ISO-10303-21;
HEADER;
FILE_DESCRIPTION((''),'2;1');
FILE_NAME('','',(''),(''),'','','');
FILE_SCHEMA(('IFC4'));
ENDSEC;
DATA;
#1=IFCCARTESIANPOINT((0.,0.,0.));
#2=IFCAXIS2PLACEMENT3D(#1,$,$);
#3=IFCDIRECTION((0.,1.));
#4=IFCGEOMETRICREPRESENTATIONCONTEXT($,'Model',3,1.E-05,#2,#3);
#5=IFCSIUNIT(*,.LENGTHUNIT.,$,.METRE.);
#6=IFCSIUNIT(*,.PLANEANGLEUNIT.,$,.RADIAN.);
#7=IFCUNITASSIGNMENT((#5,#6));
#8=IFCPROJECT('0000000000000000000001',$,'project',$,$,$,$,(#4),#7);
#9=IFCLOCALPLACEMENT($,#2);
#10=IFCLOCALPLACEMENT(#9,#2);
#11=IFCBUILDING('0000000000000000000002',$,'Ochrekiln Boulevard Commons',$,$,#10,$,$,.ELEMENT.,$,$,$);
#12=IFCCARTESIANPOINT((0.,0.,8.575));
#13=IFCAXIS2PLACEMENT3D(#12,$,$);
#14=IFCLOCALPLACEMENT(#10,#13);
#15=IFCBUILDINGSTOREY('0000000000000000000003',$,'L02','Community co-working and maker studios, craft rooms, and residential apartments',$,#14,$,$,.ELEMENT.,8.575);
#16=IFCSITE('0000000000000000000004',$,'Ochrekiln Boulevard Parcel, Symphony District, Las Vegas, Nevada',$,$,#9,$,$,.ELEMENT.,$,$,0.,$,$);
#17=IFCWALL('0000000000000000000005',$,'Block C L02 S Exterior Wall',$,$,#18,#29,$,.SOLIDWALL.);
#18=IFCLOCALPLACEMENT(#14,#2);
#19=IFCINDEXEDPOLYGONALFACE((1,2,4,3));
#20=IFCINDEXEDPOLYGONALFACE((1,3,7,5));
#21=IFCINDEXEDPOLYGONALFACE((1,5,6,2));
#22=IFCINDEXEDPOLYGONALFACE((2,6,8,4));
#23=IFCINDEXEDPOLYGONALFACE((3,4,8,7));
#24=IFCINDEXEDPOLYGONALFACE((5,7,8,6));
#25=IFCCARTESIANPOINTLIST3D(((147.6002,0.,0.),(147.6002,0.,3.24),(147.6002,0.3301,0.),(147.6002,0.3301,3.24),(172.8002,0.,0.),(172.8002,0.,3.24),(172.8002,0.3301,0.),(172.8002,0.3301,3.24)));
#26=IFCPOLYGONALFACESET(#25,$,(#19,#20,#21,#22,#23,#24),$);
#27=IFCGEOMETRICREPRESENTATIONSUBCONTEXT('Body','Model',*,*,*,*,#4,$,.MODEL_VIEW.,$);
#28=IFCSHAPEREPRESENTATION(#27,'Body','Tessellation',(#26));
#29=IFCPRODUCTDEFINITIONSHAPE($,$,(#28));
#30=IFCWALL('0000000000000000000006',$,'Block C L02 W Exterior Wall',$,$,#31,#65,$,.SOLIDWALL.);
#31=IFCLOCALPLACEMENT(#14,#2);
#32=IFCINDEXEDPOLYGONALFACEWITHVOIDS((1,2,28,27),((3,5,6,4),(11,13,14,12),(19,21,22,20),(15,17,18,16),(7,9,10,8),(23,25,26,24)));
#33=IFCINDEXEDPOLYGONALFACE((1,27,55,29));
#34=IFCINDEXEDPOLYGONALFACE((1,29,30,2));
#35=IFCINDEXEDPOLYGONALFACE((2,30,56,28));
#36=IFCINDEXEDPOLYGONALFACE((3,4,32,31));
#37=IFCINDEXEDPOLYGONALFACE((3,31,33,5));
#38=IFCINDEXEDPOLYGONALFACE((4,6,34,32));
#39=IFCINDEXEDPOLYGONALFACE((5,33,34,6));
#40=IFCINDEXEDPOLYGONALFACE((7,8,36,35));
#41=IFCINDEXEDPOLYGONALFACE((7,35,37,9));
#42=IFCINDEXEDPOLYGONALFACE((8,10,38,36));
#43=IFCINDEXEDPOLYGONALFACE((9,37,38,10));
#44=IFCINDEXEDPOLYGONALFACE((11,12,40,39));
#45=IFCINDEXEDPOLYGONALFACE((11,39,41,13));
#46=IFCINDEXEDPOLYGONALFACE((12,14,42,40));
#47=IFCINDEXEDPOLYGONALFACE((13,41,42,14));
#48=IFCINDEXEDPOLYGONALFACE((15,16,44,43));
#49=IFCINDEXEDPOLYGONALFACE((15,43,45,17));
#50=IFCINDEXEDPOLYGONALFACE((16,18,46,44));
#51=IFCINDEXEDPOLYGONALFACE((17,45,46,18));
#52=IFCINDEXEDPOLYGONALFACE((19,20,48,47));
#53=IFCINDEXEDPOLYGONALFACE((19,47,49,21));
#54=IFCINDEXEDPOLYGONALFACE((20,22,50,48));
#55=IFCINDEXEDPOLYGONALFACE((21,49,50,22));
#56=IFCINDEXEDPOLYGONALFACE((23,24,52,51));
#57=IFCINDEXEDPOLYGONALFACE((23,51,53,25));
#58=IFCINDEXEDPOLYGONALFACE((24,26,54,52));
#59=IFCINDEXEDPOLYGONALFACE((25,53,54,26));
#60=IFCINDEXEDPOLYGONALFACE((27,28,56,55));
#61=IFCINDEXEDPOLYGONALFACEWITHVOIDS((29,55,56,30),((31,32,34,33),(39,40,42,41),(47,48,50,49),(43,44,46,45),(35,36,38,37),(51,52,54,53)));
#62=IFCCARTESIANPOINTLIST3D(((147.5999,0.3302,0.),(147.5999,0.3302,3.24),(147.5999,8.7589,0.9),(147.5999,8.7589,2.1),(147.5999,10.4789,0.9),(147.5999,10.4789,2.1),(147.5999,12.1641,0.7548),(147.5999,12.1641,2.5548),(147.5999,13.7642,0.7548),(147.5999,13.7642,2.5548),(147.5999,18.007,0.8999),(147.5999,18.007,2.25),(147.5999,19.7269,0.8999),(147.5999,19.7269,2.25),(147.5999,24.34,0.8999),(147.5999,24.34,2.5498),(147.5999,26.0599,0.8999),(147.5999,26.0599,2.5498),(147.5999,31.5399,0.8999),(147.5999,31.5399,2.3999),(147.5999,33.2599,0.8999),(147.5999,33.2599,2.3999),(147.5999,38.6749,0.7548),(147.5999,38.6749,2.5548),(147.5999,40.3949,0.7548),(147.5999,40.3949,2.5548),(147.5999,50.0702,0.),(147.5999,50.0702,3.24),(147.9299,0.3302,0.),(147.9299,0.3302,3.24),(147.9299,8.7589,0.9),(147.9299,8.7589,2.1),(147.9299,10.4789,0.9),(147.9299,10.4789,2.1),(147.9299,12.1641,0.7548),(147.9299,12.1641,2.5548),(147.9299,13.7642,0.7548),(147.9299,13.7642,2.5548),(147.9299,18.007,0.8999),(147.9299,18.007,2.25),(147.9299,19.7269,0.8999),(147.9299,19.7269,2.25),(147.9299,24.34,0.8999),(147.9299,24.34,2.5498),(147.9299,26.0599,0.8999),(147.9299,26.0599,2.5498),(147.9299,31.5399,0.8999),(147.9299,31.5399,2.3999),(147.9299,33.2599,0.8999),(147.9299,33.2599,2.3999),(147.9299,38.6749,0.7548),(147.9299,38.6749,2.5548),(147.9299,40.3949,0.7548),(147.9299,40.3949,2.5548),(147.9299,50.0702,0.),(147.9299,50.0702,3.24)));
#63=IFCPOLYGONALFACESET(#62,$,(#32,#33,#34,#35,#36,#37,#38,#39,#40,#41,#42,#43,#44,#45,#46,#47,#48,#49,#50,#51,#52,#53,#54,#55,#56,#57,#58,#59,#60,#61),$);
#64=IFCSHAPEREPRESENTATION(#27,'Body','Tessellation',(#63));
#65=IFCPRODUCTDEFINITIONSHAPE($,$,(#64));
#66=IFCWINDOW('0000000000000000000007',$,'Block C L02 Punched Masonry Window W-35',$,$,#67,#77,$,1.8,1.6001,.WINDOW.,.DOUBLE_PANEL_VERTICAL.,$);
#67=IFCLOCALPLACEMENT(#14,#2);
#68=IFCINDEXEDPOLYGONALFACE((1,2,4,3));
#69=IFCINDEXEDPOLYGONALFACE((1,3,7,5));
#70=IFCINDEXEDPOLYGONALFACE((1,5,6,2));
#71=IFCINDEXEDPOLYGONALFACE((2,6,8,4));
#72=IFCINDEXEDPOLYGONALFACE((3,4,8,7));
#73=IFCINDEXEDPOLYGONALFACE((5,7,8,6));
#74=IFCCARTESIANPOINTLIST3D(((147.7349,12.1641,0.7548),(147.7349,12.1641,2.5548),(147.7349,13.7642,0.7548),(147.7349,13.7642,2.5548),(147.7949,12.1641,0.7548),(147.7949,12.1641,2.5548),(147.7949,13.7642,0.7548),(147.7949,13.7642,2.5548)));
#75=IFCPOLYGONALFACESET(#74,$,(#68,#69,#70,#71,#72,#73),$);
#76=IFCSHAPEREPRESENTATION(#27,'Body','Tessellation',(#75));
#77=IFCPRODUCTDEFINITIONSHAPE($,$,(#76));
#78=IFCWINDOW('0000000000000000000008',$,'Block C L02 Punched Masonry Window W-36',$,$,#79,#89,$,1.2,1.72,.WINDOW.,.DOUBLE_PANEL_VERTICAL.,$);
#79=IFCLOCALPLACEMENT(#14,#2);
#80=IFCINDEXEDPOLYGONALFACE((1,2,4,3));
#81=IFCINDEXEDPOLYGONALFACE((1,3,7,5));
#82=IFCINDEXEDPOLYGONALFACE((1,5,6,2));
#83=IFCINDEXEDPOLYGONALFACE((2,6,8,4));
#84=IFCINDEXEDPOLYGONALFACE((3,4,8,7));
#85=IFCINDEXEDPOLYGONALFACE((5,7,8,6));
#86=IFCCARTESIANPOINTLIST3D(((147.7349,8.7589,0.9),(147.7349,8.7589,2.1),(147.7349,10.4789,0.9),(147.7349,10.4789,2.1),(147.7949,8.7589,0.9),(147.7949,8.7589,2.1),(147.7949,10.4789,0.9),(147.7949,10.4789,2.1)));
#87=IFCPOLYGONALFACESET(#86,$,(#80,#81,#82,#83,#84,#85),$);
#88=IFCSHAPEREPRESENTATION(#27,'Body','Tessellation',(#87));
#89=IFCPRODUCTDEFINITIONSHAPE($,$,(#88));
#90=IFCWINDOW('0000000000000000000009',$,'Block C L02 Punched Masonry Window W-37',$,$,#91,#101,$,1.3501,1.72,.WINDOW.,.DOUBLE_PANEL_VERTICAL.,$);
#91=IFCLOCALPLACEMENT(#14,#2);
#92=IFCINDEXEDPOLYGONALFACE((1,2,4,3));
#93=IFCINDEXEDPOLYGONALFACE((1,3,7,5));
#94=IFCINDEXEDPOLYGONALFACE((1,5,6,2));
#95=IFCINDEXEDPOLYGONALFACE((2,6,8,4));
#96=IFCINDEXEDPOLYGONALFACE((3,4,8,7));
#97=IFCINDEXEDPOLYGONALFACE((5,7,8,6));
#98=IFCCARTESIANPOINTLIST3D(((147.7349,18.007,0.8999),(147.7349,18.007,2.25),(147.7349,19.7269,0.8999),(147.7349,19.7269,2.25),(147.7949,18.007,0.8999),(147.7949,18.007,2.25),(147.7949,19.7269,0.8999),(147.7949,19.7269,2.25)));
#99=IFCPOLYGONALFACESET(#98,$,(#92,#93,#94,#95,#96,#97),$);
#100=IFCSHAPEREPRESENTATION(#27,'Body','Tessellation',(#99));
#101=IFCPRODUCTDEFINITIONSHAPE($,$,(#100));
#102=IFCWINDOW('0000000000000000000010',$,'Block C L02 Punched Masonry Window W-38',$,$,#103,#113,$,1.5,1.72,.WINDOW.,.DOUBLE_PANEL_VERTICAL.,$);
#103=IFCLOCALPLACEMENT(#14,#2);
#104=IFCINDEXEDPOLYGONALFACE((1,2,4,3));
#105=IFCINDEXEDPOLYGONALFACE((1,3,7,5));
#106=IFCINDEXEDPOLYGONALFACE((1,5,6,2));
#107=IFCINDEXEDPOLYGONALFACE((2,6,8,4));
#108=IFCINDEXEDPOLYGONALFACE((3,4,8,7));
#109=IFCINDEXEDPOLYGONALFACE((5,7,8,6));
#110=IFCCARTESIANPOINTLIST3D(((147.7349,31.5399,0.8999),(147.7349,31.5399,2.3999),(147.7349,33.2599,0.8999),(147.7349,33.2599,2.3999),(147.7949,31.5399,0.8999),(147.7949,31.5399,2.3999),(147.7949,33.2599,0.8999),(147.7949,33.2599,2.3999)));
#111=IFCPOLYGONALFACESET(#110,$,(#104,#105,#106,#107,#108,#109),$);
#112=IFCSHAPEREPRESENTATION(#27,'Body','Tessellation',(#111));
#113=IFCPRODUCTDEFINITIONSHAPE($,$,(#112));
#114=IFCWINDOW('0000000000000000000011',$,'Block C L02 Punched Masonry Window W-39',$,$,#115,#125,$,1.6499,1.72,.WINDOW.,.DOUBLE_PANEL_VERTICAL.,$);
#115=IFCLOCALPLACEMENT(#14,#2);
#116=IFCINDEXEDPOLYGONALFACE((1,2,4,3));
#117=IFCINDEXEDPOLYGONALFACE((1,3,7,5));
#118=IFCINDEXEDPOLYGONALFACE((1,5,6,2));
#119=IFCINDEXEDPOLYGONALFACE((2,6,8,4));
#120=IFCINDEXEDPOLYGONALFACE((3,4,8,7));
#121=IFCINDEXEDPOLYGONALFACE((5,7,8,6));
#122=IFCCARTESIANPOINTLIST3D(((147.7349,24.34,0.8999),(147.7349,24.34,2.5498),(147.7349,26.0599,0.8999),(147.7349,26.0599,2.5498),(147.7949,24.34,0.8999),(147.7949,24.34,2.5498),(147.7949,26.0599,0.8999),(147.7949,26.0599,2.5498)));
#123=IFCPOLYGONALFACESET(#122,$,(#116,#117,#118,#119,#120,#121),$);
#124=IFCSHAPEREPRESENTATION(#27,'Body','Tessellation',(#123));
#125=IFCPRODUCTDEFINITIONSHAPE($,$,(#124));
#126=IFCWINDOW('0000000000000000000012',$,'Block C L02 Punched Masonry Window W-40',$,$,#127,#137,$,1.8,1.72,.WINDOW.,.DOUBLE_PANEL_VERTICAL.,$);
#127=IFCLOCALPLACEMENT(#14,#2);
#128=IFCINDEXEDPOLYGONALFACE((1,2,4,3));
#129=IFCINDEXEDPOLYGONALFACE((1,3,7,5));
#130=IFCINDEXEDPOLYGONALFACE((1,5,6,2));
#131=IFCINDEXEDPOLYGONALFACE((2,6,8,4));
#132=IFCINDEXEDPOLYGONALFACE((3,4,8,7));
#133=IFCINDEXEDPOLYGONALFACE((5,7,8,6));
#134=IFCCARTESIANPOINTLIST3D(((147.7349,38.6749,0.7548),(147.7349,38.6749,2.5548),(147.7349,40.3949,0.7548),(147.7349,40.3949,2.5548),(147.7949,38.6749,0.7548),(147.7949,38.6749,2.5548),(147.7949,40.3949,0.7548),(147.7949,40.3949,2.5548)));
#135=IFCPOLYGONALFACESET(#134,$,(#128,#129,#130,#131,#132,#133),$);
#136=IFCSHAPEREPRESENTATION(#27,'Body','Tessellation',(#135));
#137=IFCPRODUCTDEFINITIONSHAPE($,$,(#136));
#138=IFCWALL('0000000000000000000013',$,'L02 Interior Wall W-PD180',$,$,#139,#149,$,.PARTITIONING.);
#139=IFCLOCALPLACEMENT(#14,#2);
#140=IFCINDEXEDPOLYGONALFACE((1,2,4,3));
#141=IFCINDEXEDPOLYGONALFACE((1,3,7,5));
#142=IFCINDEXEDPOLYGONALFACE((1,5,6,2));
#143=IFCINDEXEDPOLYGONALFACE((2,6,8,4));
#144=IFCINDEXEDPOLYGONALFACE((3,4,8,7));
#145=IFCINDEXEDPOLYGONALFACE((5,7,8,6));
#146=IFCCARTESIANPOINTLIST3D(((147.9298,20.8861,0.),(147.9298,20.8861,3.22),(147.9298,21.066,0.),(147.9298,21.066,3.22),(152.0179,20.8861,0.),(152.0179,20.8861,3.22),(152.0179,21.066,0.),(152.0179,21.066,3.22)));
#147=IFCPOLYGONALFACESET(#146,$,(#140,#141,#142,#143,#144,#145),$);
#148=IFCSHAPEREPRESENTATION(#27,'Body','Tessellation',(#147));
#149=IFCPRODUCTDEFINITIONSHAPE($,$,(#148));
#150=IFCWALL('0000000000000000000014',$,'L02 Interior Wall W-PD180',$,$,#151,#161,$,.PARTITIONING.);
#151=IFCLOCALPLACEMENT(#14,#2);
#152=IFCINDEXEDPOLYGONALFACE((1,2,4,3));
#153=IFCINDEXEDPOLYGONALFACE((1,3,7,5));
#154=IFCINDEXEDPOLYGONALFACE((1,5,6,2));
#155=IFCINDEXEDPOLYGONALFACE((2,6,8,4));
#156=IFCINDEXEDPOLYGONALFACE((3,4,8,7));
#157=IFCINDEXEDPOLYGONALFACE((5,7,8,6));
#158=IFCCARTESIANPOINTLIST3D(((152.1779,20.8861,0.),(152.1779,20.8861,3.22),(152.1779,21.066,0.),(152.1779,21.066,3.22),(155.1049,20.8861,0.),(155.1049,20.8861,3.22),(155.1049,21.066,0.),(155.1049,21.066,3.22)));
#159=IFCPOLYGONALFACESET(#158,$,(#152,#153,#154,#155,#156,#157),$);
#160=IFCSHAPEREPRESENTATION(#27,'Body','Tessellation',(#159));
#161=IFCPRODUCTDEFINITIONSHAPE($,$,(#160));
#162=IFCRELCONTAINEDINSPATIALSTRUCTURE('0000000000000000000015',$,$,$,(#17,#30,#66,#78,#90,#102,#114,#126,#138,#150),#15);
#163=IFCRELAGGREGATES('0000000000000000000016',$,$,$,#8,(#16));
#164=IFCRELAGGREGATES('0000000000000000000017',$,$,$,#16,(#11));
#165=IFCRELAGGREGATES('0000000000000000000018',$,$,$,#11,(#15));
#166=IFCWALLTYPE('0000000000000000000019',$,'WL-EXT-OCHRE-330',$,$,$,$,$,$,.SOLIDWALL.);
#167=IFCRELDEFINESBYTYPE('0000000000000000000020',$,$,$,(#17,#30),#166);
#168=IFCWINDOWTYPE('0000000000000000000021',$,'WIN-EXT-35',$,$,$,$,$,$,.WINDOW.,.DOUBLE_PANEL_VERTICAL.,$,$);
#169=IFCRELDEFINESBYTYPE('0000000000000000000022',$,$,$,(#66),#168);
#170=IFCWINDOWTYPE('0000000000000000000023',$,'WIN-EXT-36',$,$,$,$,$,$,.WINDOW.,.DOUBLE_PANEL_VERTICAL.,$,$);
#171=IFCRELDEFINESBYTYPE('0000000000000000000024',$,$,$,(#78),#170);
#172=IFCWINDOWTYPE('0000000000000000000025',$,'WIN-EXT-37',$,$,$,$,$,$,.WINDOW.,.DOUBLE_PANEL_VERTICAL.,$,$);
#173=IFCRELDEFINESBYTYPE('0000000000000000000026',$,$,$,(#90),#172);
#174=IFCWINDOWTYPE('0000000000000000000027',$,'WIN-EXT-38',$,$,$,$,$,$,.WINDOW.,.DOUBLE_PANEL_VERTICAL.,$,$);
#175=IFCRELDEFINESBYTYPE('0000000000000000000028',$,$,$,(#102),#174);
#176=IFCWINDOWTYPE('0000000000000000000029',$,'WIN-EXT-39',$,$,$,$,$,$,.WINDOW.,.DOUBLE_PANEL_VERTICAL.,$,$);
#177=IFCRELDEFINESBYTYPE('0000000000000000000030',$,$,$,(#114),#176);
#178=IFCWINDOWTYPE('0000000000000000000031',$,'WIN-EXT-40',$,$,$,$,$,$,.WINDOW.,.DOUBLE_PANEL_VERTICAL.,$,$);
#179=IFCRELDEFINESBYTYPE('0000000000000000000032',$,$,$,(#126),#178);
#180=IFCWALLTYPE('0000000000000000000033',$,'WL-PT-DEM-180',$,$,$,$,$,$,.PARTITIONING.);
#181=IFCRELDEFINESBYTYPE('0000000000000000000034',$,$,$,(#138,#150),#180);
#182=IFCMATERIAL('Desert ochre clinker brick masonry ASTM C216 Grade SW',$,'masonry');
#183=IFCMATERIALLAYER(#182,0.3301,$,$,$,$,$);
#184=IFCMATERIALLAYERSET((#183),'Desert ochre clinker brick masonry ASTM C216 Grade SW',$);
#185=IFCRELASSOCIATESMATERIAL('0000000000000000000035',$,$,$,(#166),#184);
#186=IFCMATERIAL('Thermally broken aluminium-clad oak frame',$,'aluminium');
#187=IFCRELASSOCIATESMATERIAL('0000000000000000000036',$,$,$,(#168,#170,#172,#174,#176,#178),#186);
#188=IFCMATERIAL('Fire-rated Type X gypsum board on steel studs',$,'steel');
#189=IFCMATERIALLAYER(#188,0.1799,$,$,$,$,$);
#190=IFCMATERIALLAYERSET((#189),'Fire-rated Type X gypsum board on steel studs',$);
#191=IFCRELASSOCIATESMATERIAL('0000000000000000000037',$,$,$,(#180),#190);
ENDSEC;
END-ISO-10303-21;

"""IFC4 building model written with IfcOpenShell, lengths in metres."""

from ifc_helpers import new_model, si_unit, direction, frame, frame_2d, origin, place, context, subcontext, project, spatial, rectangle, extrude, material, layer, layer_set, type_object, element, fill, save


model = new_model("IFC4")

# Units and contexts
model_context = context("Model", 3, precision=1e-05, world=origin(), true_north=direction((0.0, 1.0)))
body_context = subcontext(model_context, "Body", "Model", "MODEL_VIEW")
ifc_project = project(units=[si_unit("LENGTHUNIT", "METRE"), si_unit("PLANEANGLEUNIT", "RADIAN")], contexts=[model_context])

# Site, building, storey
site_placement = place(None, origin())
site = spatial("IfcSite", under=ifc_project, at=site_placement, Name="Ochrekiln Boulevard Parcel, Symphony District, Las Vegas, Nevada", CompositionType="ELEMENT", RefElevation=0.0)
building_placement = place(site_placement, origin())
building = spatial("IfcBuilding", under=site, at=building_placement, Name="Ochrekiln Boulevard Commons", CompositionType="ELEMENT")
storey_placement = place(building_placement, frame((0.0, 0.0, 8.575)))
storey = spatial("IfcBuildingStorey", under=building, at=storey_placement, Name="L02", Description="Community co-working and maker studios, craft rooms, and residential apartments", CompositionType="ELEMENT", Elevation=8.575)

# Wall
ifc_material_1 = material(Name="Desert ochre clinker brick masonry ASTM C216 Grade SW", Category="masonry")
ifc_layer_1 = layer(ifc_material_1, 0.3301)
ifc_layer_set_1 = layer_set([ifc_layer_1], Name="Desert ochre clinker brick masonry ASTM C216 Grade SW")
wall_type_1 = type_object("IfcWallType", Name="WL-EXT-OCHRE-330", PredefinedType="SOLIDWALL", material=ifc_layer_set_1)
wall_1_placement = place(storey_placement, frame((147.6001, 0.165, 0.0), z_axis=(0.0, 0.0, 1.0), x_axis=(1.0, 0.0, 0.0)))
element("IfcWall", 1, at=wall_1_placement, inside=storey, type_object=wall_type_1, Name="Block C L02 S Exterior Wall", PredefinedType="SOLIDWALL", context=body_context, shape_type="SweptSolid", body=[
    extrude(rectangle(XDim=25.2, YDim=0.3301, at=frame_2d((12.6001, 0.0))), origin(), (0.0, 0.0, 1.0), 3.24),
])

# Wall, openings, windows
wall_2_placement = place(storey_placement, frame((147.7649, 0.3301, 0.0), z_axis=(0.0, 0.0, 1.0), x_axis=(0.0, 1.0, 0.0)))
wall_2 = element("IfcWall", 2, at=wall_2_placement, inside=storey, type_object=wall_type_1, Name="Block C L02 W Exterior Wall", PredefinedType="SOLIDWALL", context=body_context, shape_type="SweptSolid", body=[
    extrude(rectangle(XDim=49.74, YDim=0.3301, at=frame_2d((24.8701, 0.0))), origin(), (0.0, 0.0, 1.0), 3.24),
])
opening_1_placement = place(wall_2_placement, frame((11.834, 0.0, 0.7549)))
opening_1 = element("IfcOpeningElement", 3, at=opening_1_placement, cuts=wall_2, PredefinedType="OPENING", context=body_context, shape_type="SweptSolid", body=[
    extrude(rectangle(XDim=1.6001, YDim=1.8, at=frame_2d((0.8, 0.8999))), frame((0.0, 0.175, 0.0), z_axis=(0.0, -1.0, 0.0), x_axis=(1.0, 0.0, 0.0)), (0.0, 0.0, 1.0), 0.3501),
])
opening_2_placement = place(wall_2_placement, frame((8.429, 0.0, 0.8999)))
opening_2 = element("IfcOpeningElement", 4, at=opening_2_placement, cuts=wall_2, PredefinedType="OPENING", context=body_context, shape_type="SweptSolid", body=[
    extrude(rectangle(XDim=1.72, YDim=1.2, at=frame_2d((0.8599, 0.6001))), frame((0.0, 0.175, 0.0), z_axis=(0.0, -1.0, 0.0), x_axis=(1.0, 0.0, 0.0)), (0.0, 0.0, 1.0), 0.3501),
])
opening_3_placement = place(wall_2_placement, frame((17.677, 0.0, 0.8999)))
opening_3 = element("IfcOpeningElement", 5, at=opening_3_placement, cuts=wall_2, PredefinedType="OPENING", context=body_context, shape_type="SweptSolid", body=[
    extrude(rectangle(XDim=1.72, YDim=1.3501, at=frame_2d((0.8599, 0.675))), frame((0.0, 0.175, 0.0), z_axis=(0.0, -1.0, 0.0), x_axis=(1.0, 0.0, 0.0)), (0.0, 0.0, 1.0), 0.3501),
])
opening_4_placement = place(wall_2_placement, frame((31.21, 0.0, 0.8999)))
opening_4 = element("IfcOpeningElement", 6, at=opening_4_placement, cuts=wall_2, PredefinedType="OPENING", context=body_context, shape_type="SweptSolid", body=[
    extrude(rectangle(XDim=1.72, YDim=1.5, at=frame_2d((0.8599, 0.75))), frame((0.0, 0.175, 0.0), z_axis=(0.0, -1.0, 0.0), x_axis=(1.0, 0.0, 0.0)), (0.0, 0.0, 1.0), 0.3501),
])
opening_5_placement = place(wall_2_placement, frame((24.01, 0.0, 0.8999)))
opening_5 = element("IfcOpeningElement", 7, at=opening_5_placement, cuts=wall_2, PredefinedType="OPENING", context=body_context, shape_type="SweptSolid", body=[
    extrude(rectangle(XDim=1.72, YDim=1.6499, at=frame_2d((0.8599, 0.825))), frame((0.0, 0.175, 0.0), z_axis=(0.0, -1.0, 0.0), x_axis=(1.0, 0.0, 0.0)), (0.0, 0.0, 1.0), 0.3501),
])
opening_6_placement = place(wall_2_placement, frame((38.345, 0.0, 0.7549)))
opening_6 = element("IfcOpeningElement", 8, at=opening_6_placement, cuts=wall_2, PredefinedType="OPENING", context=body_context, shape_type="SweptSolid", body=[
    extrude(rectangle(XDim=1.72, YDim=1.8, at=frame_2d((0.8599, 0.8999))), frame((0.0, 0.175, 0.0), z_axis=(0.0, -1.0, 0.0), x_axis=(1.0, 0.0, 0.0)), (0.0, 0.0, 1.0), 0.3501),
])
ifc_material_2 = material(Name="Thermally broken aluminium-clad oak frame", Category="aluminium")
window_type_1 = type_object("IfcWindowType", Name="WIN-EXT-35", PartitioningType="DOUBLE_PANEL_VERTICAL", PredefinedType="WINDOW", material=ifc_material_2)
window_1_placement = place(opening_1_placement, origin())
window_1 = element("IfcWindow", 9, at=window_1_placement, inside=storey, type_object=window_type_1, Name="Block C L02 Punched Masonry Window W-35", OverallHeight=1.8, OverallWidth=1.6001, PartitioningType="DOUBLE_PANEL_VERTICAL", PredefinedType="WINDOW", context=body_context, shape_type="SweptSolid", body=[
    extrude(rectangle(XDim=1.6001, YDim=1.8, at=frame_2d((0.8, 0.8999))), frame((0.0, 0.03, 0.0), z_axis=(0.0, -1.0, 0.0), x_axis=(1.0, 0.0, 0.0)), (0.0, 0.0, 1.0), 0.0601),
])
fill(opening_1, window_1)
window_type_2 = type_object("IfcWindowType", Name="WIN-EXT-36", PartitioningType="DOUBLE_PANEL_VERTICAL", PredefinedType="WINDOW", material=ifc_material_2)
window_2_placement = place(opening_2_placement, origin())
window_2 = element("IfcWindow", 10, at=window_2_placement, inside=storey, type_object=window_type_2, Name="Block C L02 Punched Masonry Window W-36", OverallHeight=1.2, OverallWidth=1.72, PartitioningType="DOUBLE_PANEL_VERTICAL", PredefinedType="WINDOW", context=body_context, shape_type="SweptSolid", body=[
    extrude(rectangle(XDim=1.72, YDim=1.2, at=frame_2d((0.8599, 0.6001))), frame((0.0, 0.03, 0.0), z_axis=(0.0, -1.0, 0.0), x_axis=(1.0, 0.0, 0.0)), (0.0, 0.0, 1.0), 0.0601),
])
fill(opening_2, window_2)
window_type_3 = type_object("IfcWindowType", Name="WIN-EXT-37", PartitioningType="DOUBLE_PANEL_VERTICAL", PredefinedType="WINDOW", material=ifc_material_2)
window_3_placement = place(opening_3_placement, origin())
window_3 = element("IfcWindow", 11, at=window_3_placement, inside=storey, type_object=window_type_3, Name="Block C L02 Punched Masonry Window W-37", OverallHeight=1.3501, OverallWidth=1.72, PartitioningType="DOUBLE_PANEL_VERTICAL", PredefinedType="WINDOW", context=body_context, shape_type="SweptSolid", body=[
    extrude(rectangle(XDim=1.72, YDim=1.3501, at=frame_2d((0.8599, 0.675))), frame((0.0, 0.03, 0.0), z_axis=(0.0, -1.0, 0.0), x_axis=(1.0, 0.0, 0.0)), (0.0, 0.0, 1.0), 0.0601),
])
fill(opening_3, window_3)
window_type_4 = type_object("IfcWindowType", Name="WIN-EXT-38", PartitioningType="DOUBLE_PANEL_VERTICAL", PredefinedType="WINDOW", material=ifc_material_2)
window_4_placement = place(opening_4_placement, origin())
window_4 = element("IfcWindow", 12, at=window_4_placement, inside=storey, type_object=window_type_4, Name="Block C L02 Punched Masonry Window W-38", OverallHeight=1.5, OverallWidth=1.72, PartitioningType="DOUBLE_PANEL_VERTICAL", PredefinedType="WINDOW", context=body_context, shape_type="SweptSolid", body=[
    extrude(rectangle(XDim=1.72, YDim=1.5, at=frame_2d((0.8599, 0.75))), frame((0.0, 0.03, 0.0), z_axis=(0.0, -1.0, 0.0), x_axis=(1.0, 0.0, 0.0)), (0.0, 0.0, 1.0), 0.0601),
])
fill(opening_4, window_4)
window_type_5 = type_object("IfcWindowType", Name="WIN-EXT-39", PartitioningType="DOUBLE_PANEL_VERTICAL", PredefinedType="WINDOW", material=ifc_material_2)
window_5_placement = place(opening_5_placement, origin())
window_5 = element("IfcWindow", 13, at=window_5_placement, inside=storey, type_object=window_type_5, Name="Block C L02 Punched Masonry Window W-39", OverallHeight=1.6499, OverallWidth=1.72, PartitioningType="DOUBLE_PANEL_VERTICAL", PredefinedType="WINDOW", context=body_context, shape_type="SweptSolid", body=[
    extrude(rectangle(XDim=1.72, YDim=1.6499, at=frame_2d((0.8599, 0.825))), frame((0.0, 0.03, 0.0), z_axis=(0.0, -1.0, 0.0), x_axis=(1.0, 0.0, 0.0)), (0.0, 0.0, 1.0), 0.0601),
])
fill(opening_5, window_5)
window_type_6 = type_object("IfcWindowType", Name="WIN-EXT-40", PartitioningType="DOUBLE_PANEL_VERTICAL", PredefinedType="WINDOW", material=ifc_material_2)
window_6_placement = place(opening_6_placement, origin())
window_6 = element("IfcWindow", 14, at=window_6_placement, inside=storey, type_object=window_type_6, Name="Block C L02 Punched Masonry Window W-40", OverallHeight=1.8, OverallWidth=1.72, PartitioningType="DOUBLE_PANEL_VERTICAL", PredefinedType="WINDOW", context=body_context, shape_type="SweptSolid", body=[
    extrude(rectangle(XDim=1.72, YDim=1.8, at=frame_2d((0.8599, 0.8999))), frame((0.0, 0.03, 0.0), z_axis=(0.0, -1.0, 0.0), x_axis=(1.0, 0.0, 0.0)), (0.0, 0.0, 1.0), 0.0601),
])
fill(opening_6, window_6)

# Walls
ifc_material_3 = material(Name="Fire-rated Type X gypsum board on steel studs", Category="steel")
ifc_layer_2 = layer(ifc_material_3, 0.1799)
ifc_layer_set_2 = layer_set([ifc_layer_2], Name="Fire-rated Type X gypsum board on steel studs")
wall_type_2 = type_object("IfcWallType", Name="WL-PT-DEM-180", PredefinedType="PARTITIONING", material=ifc_layer_set_2)
wall_3_placement = place(storey_placement, frame((147.9299, 20.9761, 0.0), z_axis=(0.0, 0.0, 1.0), x_axis=(1.0, 0.0, 0.0)))
element("IfcWall", 15, at=wall_3_placement, inside=storey, type_object=wall_type_2, Name="L02 Interior Wall W-PD180", PredefinedType="PARTITIONING", context=body_context, shape_type="SweptSolid", body=[
    extrude(rectangle(XDim=4.0881, YDim=0.1799, at=frame_2d((2.0439, 0.0))), origin(), (0.0, 0.0, 1.0), 3.22),
])
wall_4_placement = place(storey_placement, frame((152.178, 20.9761, 0.0), z_axis=(0.0, 0.0, 1.0), x_axis=(1.0, 0.0, 0.0)))
element("IfcWall", 16, at=wall_4_placement, inside=storey, type_object=wall_type_2, Name="L02 Interior Wall W-PD180", PredefinedType="PARTITIONING", context=body_context, shape_type="SweptSolid", body=[
    extrude(rectangle(XDim=2.927, YDim=0.1799, at=frame_2d((1.4634, 0.0))), origin(), (0.0, 0.0, 1.0), 3.22),
])

save(model, "model.ifc")
